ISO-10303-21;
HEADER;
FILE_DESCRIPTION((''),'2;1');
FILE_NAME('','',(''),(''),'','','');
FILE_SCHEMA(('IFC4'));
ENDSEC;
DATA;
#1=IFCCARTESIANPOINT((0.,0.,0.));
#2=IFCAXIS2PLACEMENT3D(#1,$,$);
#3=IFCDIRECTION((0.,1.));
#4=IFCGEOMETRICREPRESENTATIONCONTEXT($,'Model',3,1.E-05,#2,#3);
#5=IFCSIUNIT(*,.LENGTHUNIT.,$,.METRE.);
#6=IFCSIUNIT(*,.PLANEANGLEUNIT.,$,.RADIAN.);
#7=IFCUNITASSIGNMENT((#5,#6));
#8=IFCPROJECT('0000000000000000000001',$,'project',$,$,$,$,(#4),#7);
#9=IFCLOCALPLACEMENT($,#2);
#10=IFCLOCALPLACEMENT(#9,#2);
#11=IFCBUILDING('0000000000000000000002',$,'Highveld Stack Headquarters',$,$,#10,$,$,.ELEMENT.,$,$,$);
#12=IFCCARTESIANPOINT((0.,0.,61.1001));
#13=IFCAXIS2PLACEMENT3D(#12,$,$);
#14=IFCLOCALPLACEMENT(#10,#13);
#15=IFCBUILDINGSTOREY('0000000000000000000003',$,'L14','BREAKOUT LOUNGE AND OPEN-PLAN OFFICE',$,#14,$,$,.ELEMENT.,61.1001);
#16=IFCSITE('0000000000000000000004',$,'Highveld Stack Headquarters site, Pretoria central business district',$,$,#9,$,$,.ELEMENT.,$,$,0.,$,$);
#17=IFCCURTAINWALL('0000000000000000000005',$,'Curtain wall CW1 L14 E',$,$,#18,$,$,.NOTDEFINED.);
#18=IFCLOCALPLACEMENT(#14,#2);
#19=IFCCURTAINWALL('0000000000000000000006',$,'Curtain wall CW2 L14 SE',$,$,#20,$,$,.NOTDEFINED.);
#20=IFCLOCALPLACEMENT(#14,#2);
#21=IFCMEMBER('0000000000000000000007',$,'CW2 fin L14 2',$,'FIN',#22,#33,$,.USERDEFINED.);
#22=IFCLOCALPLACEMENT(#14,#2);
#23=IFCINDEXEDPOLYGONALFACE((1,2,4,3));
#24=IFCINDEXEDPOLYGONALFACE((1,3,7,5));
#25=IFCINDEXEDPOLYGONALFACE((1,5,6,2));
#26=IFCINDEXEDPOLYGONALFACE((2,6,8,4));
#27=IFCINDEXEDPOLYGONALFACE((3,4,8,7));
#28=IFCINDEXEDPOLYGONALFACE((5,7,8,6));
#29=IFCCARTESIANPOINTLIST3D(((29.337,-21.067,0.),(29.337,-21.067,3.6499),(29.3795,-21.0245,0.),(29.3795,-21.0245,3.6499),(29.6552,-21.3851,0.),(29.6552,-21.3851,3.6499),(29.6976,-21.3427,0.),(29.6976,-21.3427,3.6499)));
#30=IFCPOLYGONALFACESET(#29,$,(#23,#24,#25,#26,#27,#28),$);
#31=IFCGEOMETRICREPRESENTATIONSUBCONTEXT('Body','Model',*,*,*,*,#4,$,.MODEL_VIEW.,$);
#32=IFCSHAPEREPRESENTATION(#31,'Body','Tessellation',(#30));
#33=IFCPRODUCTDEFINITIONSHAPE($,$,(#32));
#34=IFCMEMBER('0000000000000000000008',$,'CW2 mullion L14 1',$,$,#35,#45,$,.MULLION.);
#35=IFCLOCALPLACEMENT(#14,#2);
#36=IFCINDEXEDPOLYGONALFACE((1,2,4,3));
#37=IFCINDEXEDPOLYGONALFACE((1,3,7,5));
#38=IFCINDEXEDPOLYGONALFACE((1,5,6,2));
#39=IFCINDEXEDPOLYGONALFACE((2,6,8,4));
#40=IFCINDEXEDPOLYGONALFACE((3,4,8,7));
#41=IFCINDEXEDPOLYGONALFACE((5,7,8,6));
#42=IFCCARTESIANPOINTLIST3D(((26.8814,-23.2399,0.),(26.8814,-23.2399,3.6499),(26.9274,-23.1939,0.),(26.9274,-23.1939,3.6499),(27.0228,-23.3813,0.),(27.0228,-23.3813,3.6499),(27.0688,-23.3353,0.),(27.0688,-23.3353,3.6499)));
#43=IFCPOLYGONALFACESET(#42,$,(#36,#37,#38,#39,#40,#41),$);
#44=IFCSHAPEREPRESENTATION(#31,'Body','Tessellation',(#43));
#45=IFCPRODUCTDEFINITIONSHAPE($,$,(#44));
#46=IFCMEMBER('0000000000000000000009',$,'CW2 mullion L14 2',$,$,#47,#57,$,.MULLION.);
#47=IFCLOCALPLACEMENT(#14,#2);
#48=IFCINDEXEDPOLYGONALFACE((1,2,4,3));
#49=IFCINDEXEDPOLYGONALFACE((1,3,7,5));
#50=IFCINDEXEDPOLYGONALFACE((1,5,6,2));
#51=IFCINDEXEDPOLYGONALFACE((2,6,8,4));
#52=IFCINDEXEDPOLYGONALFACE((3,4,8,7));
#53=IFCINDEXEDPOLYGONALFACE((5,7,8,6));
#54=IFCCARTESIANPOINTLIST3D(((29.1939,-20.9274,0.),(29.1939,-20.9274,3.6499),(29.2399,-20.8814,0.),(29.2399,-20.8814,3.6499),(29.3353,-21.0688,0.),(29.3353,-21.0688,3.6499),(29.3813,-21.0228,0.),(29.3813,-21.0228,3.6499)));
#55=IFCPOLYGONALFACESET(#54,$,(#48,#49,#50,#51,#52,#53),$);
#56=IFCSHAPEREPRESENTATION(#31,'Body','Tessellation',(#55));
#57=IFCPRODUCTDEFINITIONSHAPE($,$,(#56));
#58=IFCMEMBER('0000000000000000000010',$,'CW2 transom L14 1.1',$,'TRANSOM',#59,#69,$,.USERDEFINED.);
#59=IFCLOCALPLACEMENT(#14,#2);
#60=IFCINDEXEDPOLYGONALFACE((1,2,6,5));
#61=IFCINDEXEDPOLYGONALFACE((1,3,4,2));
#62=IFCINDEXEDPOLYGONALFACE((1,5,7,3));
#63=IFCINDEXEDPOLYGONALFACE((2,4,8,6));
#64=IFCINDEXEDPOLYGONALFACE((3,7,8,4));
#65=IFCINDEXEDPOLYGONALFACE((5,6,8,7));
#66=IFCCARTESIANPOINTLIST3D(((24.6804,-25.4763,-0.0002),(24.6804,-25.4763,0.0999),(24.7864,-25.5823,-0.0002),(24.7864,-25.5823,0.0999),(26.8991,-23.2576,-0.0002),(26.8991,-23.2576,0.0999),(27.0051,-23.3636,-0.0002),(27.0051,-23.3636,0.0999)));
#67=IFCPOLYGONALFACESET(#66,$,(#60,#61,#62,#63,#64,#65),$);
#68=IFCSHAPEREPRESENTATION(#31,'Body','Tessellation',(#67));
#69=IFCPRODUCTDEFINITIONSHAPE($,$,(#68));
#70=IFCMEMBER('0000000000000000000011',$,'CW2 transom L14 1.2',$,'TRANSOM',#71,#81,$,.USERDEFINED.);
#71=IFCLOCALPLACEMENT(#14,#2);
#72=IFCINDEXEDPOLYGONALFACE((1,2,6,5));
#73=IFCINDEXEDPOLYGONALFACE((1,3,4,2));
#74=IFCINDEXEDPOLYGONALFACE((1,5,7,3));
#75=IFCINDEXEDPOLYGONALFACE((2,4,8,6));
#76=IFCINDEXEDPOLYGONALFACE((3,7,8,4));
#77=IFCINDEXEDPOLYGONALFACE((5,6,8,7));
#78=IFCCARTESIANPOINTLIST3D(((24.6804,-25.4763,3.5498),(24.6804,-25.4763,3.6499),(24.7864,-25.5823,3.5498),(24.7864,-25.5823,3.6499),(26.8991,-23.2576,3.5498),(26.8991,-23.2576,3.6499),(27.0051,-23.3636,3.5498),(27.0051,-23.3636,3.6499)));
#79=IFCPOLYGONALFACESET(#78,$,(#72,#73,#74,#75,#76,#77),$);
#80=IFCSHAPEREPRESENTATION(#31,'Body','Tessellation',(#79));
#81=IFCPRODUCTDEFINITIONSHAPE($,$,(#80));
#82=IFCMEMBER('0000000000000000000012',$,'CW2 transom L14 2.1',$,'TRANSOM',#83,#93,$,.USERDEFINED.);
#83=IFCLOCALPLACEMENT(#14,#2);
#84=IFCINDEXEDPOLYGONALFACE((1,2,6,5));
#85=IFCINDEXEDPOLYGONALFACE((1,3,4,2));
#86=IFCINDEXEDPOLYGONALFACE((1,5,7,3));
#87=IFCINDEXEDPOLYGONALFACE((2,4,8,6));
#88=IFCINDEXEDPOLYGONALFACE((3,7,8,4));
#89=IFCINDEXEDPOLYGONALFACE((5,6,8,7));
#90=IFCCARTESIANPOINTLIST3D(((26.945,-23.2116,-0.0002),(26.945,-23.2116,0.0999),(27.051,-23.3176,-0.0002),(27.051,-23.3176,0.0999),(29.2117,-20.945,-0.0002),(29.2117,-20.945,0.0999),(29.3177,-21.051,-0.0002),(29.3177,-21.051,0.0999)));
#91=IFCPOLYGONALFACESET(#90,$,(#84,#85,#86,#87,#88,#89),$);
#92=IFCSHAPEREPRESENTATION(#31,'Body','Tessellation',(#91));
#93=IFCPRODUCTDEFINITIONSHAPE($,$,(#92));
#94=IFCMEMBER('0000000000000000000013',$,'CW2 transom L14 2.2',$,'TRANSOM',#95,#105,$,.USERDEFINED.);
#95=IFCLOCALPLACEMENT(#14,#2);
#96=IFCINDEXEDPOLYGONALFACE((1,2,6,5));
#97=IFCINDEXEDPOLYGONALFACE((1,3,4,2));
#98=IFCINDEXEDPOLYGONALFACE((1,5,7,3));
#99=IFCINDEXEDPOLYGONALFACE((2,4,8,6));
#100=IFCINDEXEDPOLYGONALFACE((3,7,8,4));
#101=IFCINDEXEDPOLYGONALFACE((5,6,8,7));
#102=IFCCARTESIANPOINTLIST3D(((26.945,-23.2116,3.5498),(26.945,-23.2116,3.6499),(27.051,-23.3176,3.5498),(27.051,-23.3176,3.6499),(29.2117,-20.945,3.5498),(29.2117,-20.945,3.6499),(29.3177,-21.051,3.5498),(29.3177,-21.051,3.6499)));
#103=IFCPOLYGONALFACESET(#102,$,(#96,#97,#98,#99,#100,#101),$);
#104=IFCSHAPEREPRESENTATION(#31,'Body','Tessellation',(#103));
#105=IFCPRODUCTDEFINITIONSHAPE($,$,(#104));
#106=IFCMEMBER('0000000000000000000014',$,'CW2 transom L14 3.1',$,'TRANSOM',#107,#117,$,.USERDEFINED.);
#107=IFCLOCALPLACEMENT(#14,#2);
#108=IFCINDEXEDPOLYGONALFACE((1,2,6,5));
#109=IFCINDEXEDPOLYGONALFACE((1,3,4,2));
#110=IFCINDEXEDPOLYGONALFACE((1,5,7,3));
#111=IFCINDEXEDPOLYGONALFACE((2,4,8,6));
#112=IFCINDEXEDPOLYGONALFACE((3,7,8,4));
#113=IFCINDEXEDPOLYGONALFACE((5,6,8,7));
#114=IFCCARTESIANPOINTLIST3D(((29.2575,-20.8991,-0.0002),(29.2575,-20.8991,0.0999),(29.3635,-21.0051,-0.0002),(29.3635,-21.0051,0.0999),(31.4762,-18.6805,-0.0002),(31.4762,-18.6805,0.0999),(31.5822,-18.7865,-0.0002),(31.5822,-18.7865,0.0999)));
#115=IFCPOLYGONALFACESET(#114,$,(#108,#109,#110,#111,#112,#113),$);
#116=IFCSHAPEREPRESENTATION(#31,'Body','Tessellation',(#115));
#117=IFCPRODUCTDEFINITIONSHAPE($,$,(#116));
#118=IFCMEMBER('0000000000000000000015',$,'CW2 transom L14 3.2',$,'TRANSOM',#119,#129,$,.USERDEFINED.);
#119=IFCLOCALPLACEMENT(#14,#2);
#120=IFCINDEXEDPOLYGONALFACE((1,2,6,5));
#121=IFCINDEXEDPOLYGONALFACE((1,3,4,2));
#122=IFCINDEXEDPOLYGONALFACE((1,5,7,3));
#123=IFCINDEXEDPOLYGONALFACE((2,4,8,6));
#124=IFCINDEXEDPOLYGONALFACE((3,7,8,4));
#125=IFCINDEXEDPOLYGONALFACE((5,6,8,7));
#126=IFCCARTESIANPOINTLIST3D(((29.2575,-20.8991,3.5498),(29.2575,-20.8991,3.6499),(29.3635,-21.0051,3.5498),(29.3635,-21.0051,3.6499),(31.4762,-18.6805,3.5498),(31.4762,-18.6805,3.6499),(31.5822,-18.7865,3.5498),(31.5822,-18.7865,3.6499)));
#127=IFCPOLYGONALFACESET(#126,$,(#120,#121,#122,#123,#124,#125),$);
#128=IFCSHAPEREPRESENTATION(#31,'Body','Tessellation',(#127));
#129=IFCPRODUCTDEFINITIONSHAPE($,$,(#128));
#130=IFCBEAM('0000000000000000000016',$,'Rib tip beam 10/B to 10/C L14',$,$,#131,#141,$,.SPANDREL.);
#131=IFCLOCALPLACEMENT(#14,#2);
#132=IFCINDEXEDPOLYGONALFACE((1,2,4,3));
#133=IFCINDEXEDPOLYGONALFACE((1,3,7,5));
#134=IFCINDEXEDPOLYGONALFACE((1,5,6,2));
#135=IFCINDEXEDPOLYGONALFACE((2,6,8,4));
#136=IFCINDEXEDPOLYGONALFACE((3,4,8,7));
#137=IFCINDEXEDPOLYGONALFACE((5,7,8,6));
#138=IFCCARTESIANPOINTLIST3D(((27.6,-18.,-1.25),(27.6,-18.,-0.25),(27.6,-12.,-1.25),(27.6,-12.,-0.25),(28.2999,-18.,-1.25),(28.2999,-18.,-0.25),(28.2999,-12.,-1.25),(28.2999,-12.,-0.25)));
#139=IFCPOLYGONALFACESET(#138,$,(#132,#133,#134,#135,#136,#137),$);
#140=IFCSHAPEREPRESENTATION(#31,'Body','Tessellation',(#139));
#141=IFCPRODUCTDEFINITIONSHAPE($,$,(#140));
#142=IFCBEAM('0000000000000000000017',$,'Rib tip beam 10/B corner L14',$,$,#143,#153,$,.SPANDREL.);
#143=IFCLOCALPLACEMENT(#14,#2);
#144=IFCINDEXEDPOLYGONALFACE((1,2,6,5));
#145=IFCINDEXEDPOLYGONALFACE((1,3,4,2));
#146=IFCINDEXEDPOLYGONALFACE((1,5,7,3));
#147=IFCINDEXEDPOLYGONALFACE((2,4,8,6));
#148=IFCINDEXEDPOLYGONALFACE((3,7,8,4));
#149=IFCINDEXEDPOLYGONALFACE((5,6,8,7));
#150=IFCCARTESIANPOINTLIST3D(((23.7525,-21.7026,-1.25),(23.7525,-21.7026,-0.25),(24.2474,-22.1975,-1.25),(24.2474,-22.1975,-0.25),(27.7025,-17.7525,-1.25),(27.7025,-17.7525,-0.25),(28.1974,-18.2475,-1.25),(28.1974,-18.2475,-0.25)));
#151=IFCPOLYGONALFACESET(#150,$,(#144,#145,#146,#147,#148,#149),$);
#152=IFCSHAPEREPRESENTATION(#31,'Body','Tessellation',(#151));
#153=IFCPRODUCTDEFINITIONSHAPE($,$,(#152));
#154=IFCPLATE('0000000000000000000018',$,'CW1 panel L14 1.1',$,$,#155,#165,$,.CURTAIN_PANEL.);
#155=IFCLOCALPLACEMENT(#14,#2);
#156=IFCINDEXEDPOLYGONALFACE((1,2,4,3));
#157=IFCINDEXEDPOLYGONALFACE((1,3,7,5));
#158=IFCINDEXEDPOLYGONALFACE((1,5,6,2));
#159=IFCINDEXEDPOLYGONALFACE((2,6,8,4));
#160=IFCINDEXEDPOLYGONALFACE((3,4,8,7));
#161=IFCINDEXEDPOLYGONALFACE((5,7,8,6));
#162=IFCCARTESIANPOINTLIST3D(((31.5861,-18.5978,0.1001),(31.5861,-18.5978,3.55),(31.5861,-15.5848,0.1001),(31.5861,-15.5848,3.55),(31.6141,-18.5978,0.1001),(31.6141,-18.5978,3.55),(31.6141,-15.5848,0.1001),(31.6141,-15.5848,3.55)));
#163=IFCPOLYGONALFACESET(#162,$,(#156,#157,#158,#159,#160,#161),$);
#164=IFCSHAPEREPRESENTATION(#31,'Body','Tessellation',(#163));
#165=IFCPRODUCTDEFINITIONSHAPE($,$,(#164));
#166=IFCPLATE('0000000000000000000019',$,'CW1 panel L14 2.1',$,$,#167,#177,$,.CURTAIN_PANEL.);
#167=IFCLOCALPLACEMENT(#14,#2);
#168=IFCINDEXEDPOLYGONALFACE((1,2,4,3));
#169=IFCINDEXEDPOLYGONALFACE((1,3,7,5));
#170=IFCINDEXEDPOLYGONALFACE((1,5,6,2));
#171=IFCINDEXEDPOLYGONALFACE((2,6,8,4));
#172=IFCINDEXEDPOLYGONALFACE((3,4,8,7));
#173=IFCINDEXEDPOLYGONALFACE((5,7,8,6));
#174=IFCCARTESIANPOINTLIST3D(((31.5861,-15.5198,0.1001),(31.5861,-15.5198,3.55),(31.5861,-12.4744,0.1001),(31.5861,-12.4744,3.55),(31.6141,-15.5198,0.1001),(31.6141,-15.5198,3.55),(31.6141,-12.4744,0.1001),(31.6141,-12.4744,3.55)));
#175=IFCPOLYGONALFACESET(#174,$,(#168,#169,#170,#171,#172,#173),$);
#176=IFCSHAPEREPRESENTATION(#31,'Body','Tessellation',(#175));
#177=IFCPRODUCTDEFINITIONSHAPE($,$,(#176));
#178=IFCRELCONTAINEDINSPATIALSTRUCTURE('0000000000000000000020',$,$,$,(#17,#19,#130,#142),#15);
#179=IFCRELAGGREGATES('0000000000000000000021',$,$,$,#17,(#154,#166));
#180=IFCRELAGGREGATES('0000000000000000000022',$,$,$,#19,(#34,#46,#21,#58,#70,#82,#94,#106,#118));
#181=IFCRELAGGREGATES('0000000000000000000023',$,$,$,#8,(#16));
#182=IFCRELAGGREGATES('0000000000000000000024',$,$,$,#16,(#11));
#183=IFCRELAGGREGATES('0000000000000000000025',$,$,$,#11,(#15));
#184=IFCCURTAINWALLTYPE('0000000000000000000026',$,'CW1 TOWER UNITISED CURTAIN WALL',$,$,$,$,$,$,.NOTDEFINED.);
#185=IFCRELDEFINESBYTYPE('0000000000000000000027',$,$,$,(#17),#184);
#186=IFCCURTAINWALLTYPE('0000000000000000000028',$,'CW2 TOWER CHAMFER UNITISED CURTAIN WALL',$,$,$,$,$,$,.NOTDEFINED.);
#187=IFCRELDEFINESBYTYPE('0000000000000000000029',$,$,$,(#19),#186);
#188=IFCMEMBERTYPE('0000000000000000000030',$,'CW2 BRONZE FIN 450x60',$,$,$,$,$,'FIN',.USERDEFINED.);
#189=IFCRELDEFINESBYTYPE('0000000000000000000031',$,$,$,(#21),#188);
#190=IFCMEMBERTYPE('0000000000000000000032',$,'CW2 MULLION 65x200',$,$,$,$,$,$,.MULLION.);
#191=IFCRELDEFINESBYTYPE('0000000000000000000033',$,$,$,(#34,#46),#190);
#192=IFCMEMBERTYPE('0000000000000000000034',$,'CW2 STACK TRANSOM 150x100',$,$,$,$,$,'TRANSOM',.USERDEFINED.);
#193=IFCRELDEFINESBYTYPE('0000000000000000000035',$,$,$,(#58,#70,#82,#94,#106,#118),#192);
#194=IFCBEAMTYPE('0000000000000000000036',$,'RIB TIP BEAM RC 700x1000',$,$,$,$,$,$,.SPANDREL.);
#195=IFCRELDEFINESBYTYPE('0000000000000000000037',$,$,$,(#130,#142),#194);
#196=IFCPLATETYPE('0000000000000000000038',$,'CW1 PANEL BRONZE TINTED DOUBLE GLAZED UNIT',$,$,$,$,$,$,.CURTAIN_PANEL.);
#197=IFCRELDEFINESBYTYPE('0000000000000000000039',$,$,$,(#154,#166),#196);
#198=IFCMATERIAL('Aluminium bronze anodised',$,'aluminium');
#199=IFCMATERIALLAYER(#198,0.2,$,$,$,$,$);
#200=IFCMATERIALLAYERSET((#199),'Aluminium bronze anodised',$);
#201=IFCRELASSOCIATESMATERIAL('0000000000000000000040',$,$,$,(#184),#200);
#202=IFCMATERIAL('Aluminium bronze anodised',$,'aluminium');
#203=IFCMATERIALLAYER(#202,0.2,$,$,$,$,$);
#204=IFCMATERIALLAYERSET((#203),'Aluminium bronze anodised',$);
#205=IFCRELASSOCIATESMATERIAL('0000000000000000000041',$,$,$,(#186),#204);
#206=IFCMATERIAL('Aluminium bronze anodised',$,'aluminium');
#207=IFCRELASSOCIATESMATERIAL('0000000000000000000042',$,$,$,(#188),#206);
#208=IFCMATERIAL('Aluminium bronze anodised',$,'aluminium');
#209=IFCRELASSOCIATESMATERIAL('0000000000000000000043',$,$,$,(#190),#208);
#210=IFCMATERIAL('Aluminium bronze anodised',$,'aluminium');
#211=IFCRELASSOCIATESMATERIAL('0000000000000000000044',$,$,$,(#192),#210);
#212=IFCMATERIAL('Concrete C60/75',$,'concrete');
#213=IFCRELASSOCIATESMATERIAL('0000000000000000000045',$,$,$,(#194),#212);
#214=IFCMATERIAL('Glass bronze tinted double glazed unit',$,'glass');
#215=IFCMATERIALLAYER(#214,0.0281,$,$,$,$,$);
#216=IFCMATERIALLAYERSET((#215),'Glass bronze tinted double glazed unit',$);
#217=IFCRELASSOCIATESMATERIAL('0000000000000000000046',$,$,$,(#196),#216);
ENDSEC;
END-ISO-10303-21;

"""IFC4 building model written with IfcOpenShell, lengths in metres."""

from ifc_helpers import new_model, si_unit, direction, frame, origin, origin_2d, place, context, subcontext, project, spatial, rectangle, extrude, material, layer, layer_set, material_profile, profile_set, type_object, element, aggregate, save


model = new_model("IFC4")

# Units and contexts
model_context = context("Model", 3, precision=1e-05, world=origin(), true_north=direction((0.0, 1.0)))
body_context = subcontext(model_context, "Body", "Model", "MODEL_VIEW")
ifc_project = project(units=[si_unit("LENGTHUNIT", "METRE"), si_unit("PLANEANGLEUNIT", "RADIAN")], contexts=[model_context])

# Site, building, storey
site_placement = place(None, origin())
site = spatial("IfcSite", under=ifc_project, at=site_placement, Name="Highveld Stack Headquarters site, Pretoria central business district", CompositionType="ELEMENT", RefElevation=0.0)
building_placement = place(site_placement, origin())
building = spatial("IfcBuilding", under=site, at=building_placement, Name="Highveld Stack Headquarters", CompositionType="ELEMENT")
storey_placement = place(building_placement, frame((0.0, 0.0, 61.1001)))
storey = spatial("IfcBuildingStorey", under=building, at=storey_placement, Name="L14", Description="BREAKOUT LOUNGE AND OPEN-PLAN OFFICE", CompositionType="ELEMENT", Elevation=61.1001)

# Shared definitions
ifc_material_1 = material(Name="Aluminium bronze anodised", Category="aluminium")
ifc_layer_1 = layer(ifc_material_1, 0.2)
ifc_layer_set_1 = layer_set([ifc_layer_1], Name="Aluminium bronze anodised")
curtain_wall_type_1 = type_object("IfcCurtainWallType", Name="CW1 TOWER UNITISED CURTAIN WALL", PredefinedType="NOTDEFINED", material=ifc_layer_set_1)

# Curtain wall
curtain_wall_1_placement = place(storey_placement, origin())
curtain_wall_1 = element("IfcCurtainWall", 1, at=curtain_wall_1_placement, inside=storey, type_object=curtain_wall_type_1, Name="Curtain wall CW1 L14 E", PredefinedType="NOTDEFINED")

# Curtain wall, members
ifc_material_2 = material(Name="Aluminium bronze anodised", Category="aluminium")
ifc_layer_2 = layer(ifc_material_2, 0.2)
ifc_layer_set_2 = layer_set([ifc_layer_2], Name="Aluminium bronze anodised")
curtain_wall_type_2 = type_object("IfcCurtainWallType", Name="CW2 TOWER CHAMFER UNITISED CURTAIN WALL", PredefinedType="NOTDEFINED", material=ifc_layer_set_2)
curtain_wall_2_placement = place(storey_placement, origin())
curtain_wall_2 = element("IfcCurtainWall", 2, at=curtain_wall_2_placement, inside=storey, type_object=curtain_wall_type_2, Name="Curtain wall CW2 L14 SE", PredefinedType="NOTDEFINED")
ifc_material_3 = material(Name="Aluminium bronze anodised", Category="aluminium")
ifc_material_profile_1 = material_profile(ifc_material_3, rectangle(XDim=0.45, YDim=0.0601, at=origin_2d()), Name="FIN 450x60")
ifc_profile_set_1 = profile_set([ifc_material_profile_1], Name="Aluminium bronze anodised")
member_type_1 = type_object("IfcMemberType", Name="CW2 BRONZE FIN 450x60", ElementType="FIN", PredefinedType="USERDEFINED", material=ifc_profile_set_1)
member_1_placement = place(storey_placement, frame((29.5173, -21.2048, 0.0), z_axis=(0.0, 0.0, 1.0), x_axis=(-0.707107, 0.707107, 0.0)))
member_1 = element("IfcMember", 3, at=member_1_placement, type_object=member_type_1, Name="CW2 fin L14 2", ObjectType="FIN", PredefinedType="USERDEFINED", context=body_context, shape_type="SweptSolid", body=[
    extrude(rectangle(XDim=0.45, YDim=0.0601, at=origin_2d()), origin(), (0.0, 0.0, 1.0), 3.6499),
])
ifc_material_4 = material(Name="Aluminium bronze anodised", Category="aluminium")
ifc_material_profile_2 = material_profile(ifc_material_4, rectangle(XDim=0.2, YDim=0.0649, at=origin_2d()), Name="CW2 MULLION 65x200")
ifc_profile_set_2 = profile_set([ifc_material_profile_2], Name="Aluminium bronze anodised")
member_type_2 = type_object("IfcMemberType", Name="CW2 MULLION 65x200", PredefinedType="MULLION", material=ifc_profile_set_2)
member_2_placement = place(storey_placement, frame((26.9751, -23.2876, 0.0), z_axis=(0.0, 0.0, 1.0), x_axis=(-0.707107, 0.707107, 0.0)))
member_2 = element("IfcMember", 4, at=member_2_placement, type_object=member_type_2, Name="CW2 mullion L14 1", PredefinedType="MULLION", context=body_context, shape_type="SweptSolid", body=[
    extrude(rectangle(XDim=0.2, YDim=0.0649, at=origin_2d()), origin(), (0.0, 0.0, 1.0), 3.6499),
])
member_3_placement = place(storey_placement, frame((29.2876, -20.9751, 0.0), z_axis=(0.0, 0.0, 1.0), x_axis=(-0.707107, 0.707107, 0.0)))
member_3 = element("IfcMember", 5, at=member_3_placement, type_object=member_type_2, Name="CW2 mullion L14 2", PredefinedType="MULLION", context=body_context, shape_type="SweptSolid", body=[
    extrude(rectangle(XDim=0.2, YDim=0.0649, at=origin_2d()), origin(), (0.0, 0.0, 1.0), 3.6499),
])
ifc_material_5 = material(Name="Aluminium bronze anodised", Category="aluminium")
ifc_material_profile_3 = material_profile(ifc_material_5, rectangle(XDim=0.1499, YDim=0.1001, at=origin_2d()), Name="CW2 TRANSOM 150x100")
ifc_profile_set_3 = profile_set([ifc_material_profile_3], Name="Aluminium bronze anodised")
member_type_3 = type_object("IfcMemberType", Name="CW2 STACK TRANSOM 150x100", ElementType="TRANSOM", PredefinedType="USERDEFINED", material=ifc_profile_set_3)
member_4_placement = place(storey_placement, frame((24.7334, -25.5293, 0.0498), z_axis=(0.707107, 0.707107, 0.0), x_axis=(-0.707107, 0.707107, 0.0)))
member_4 = element("IfcMember", 6, at=member_4_placement, type_object=member_type_3, Name="CW2 transom L14 1.1", ObjectType="TRANSOM", PredefinedType="USERDEFINED", context=body_context, shape_type="SweptSolid", body=[
    extrude(rectangle(XDim=0.1499, YDim=0.1001, at=origin_2d()), origin(), (0.0, 0.0, 1.0), 3.1377),
])
member_5_placement = place(storey_placement, frame((24.7334, -25.5293, 3.5999), z_axis=(0.707107, 0.707107, 0.0), x_axis=(-0.707107, 0.707107, 0.0)))
member_5 = element("IfcMember", 7, at=member_5_placement, type_object=member_type_3, Name="CW2 transom L14 1.2", ObjectType="TRANSOM", PredefinedType="USERDEFINED", context=body_context, shape_type="SweptSolid", body=[
    extrude(rectangle(XDim=0.1499, YDim=0.1001, at=origin_2d()), origin(), (0.0, 0.0, 1.0), 3.1377),
])
member_6_placement = place(storey_placement, frame((26.998, -23.2646, 0.0498), z_axis=(0.707107, 0.707107, 0.0), x_axis=(-0.707107, 0.707107, 0.0)))
member_6 = element("IfcMember", 8, at=member_6_placement, type_object=member_type_3, Name="CW2 transom L14 2.1", ObjectType="TRANSOM", PredefinedType="USERDEFINED", context=body_context, shape_type="SweptSolid", body=[
    extrude(rectangle(XDim=0.1499, YDim=0.1001, at=origin_2d()), origin(), (0.0, 0.0, 1.0), 3.2056),
])
member_7_placement = place(storey_placement, frame((26.998, -23.2646, 3.5999), z_axis=(0.707107, 0.707107, 0.0), x_axis=(-0.707107, 0.707107, 0.0)))
member_7 = element("IfcMember", 9, at=member_7_placement, type_object=member_type_3, Name="CW2 transom L14 2.2", ObjectType="TRANSOM", PredefinedType="USERDEFINED", context=body_context, shape_type="SweptSolid", body=[
    extrude(rectangle(XDim=0.1499, YDim=0.1001, at=origin_2d()), origin(), (0.0, 0.0, 1.0), 3.2056),
])
member_8_placement = place(storey_placement, frame((29.3105, -20.9521, 0.0498), z_axis=(0.707107, 0.707107, 0.0), x_axis=(-0.707107, 0.707107, 0.0)))
member_8 = element("IfcMember", 10, at=member_8_placement, type_object=member_type_3, Name="CW2 transom L14 3.1", ObjectType="TRANSOM", PredefinedType="USERDEFINED", context=body_context, shape_type="SweptSolid", body=[
    extrude(rectangle(XDim=0.1499, YDim=0.1001, at=origin_2d()), origin(), (0.0, 0.0, 1.0), 3.1377),
])
member_9_placement = place(storey_placement, frame((29.3105, -20.9521, 3.5999), z_axis=(0.707107, 0.707107, 0.0), x_axis=(-0.707107, 0.707107, 0.0)))
member_9 = element("IfcMember", 11, at=member_9_placement, type_object=member_type_3, Name="CW2 transom L14 3.2", ObjectType="TRANSOM", PredefinedType="USERDEFINED", context=body_context, shape_type="SweptSolid", body=[
    extrude(rectangle(XDim=0.1499, YDim=0.1001, at=origin_2d()), origin(), (0.0, 0.0, 1.0), 3.1377),
])

# Beams
ifc_material_6 = material(Name="Concrete C60/75", Category="concrete")
ifc_material_profile_4 = material_profile(ifc_material_6, rectangle(XDim=0.7, YDim=1.0, at=origin_2d()), Name="RC 700x1000")
ifc_profile_set_4 = profile_set([ifc_material_profile_4], Name="Concrete C60/75")
beam_type = type_object("IfcBeamType", Name="RIB TIP BEAM RC 700x1000", PredefinedType="SPANDREL", material=ifc_profile_set_4)
beam_1_placement = place(storey_placement, frame((27.95, -18.0, -0.75), z_axis=(0.0, 1.0, 0.0), x_axis=(-1.0, 0.0, 0.0)))
element("IfcBeam", 12, at=beam_1_placement, inside=storey, type_object=beam_type, Name="Rib tip beam 10/B to 10/C L14", PredefinedType="SPANDREL", context=body_context, shape_type="SweptSolid", body=[
    extrude(rectangle(XDim=0.7, YDim=1.0, at=origin_2d()), origin(), (0.0, 0.0, 1.0), 6.0),
])
beam_2_placement = place(storey_placement, frame((27.95, -18.0, -0.75), z_axis=(-0.707107, -0.707107, 0.0), x_axis=(0.707107, -0.707107, 0.0)))
element("IfcBeam", 13, at=beam_2_placement, inside=storey, type_object=beam_type, Name="Rib tip beam 10/B corner L14", PredefinedType="SPANDREL", context=body_context, shape_type="SweptSolid", body=[
    extrude(rectangle(XDim=0.7, YDim=1.0, at=origin_2d()), origin(), (0.0, 0.0, 1.0), 5.5862),
])

# Plates
ifc_material_7 = material(Name="Glass bronze tinted double glazed unit", Category="glass")
ifc_layer_3 = layer(ifc_material_7, 0.0281)
ifc_layer_set_3 = layer_set([ifc_layer_3], Name="Glass bronze tinted double glazed unit")
plate_type_1 = type_object("IfcPlateType", Name="CW1 PANEL BRONZE TINTED DOUBLE GLAZED UNIT", PredefinedType="CURTAIN_PANEL", material=ifc_layer_set_3)
plate_1_placement = place(storey_placement, frame((31.6001, -17.0913, 0.1001), z_axis=(0.0, 0.0, 1.0), x_axis=(0.0, 1.0, 0.0)))
plate_1 = element("IfcPlate", 14, at=plate_1_placement, type_object=plate_type_1, Name="CW1 panel L14 1.1", PredefinedType="CURTAIN_PANEL", context=body_context, shape_type="SweptSolid", body=[
    extrude(rectangle(XDim=3.0129, YDim=0.0281, at=origin_2d()), origin(), (0.0, 0.0, 1.0), 3.45),
])
plate_2_placement = place(storey_placement, frame((31.6001, -13.9971, 0.1001), z_axis=(0.0, 0.0, 1.0), x_axis=(0.0, 1.0, 0.0)))
plate_2 = element("IfcPlate", 15, at=plate_2_placement, type_object=plate_type_1, Name="CW1 panel L14 2.1", PredefinedType="CURTAIN_PANEL", context=body_context, shape_type="SweptSolid", body=[
    extrude(rectangle(XDim=3.0454, YDim=0.0281, at=origin_2d()), origin(), (0.0, 0.0, 1.0), 3.45),
])
aggregate(curtain_wall_1, [plate_1, plate_2])
aggregate(curtain_wall_2, [member_2, member_3, member_1, member_4, member_5, member_6, member_7, member_8, member_9])

save(model, "model.ifc")
